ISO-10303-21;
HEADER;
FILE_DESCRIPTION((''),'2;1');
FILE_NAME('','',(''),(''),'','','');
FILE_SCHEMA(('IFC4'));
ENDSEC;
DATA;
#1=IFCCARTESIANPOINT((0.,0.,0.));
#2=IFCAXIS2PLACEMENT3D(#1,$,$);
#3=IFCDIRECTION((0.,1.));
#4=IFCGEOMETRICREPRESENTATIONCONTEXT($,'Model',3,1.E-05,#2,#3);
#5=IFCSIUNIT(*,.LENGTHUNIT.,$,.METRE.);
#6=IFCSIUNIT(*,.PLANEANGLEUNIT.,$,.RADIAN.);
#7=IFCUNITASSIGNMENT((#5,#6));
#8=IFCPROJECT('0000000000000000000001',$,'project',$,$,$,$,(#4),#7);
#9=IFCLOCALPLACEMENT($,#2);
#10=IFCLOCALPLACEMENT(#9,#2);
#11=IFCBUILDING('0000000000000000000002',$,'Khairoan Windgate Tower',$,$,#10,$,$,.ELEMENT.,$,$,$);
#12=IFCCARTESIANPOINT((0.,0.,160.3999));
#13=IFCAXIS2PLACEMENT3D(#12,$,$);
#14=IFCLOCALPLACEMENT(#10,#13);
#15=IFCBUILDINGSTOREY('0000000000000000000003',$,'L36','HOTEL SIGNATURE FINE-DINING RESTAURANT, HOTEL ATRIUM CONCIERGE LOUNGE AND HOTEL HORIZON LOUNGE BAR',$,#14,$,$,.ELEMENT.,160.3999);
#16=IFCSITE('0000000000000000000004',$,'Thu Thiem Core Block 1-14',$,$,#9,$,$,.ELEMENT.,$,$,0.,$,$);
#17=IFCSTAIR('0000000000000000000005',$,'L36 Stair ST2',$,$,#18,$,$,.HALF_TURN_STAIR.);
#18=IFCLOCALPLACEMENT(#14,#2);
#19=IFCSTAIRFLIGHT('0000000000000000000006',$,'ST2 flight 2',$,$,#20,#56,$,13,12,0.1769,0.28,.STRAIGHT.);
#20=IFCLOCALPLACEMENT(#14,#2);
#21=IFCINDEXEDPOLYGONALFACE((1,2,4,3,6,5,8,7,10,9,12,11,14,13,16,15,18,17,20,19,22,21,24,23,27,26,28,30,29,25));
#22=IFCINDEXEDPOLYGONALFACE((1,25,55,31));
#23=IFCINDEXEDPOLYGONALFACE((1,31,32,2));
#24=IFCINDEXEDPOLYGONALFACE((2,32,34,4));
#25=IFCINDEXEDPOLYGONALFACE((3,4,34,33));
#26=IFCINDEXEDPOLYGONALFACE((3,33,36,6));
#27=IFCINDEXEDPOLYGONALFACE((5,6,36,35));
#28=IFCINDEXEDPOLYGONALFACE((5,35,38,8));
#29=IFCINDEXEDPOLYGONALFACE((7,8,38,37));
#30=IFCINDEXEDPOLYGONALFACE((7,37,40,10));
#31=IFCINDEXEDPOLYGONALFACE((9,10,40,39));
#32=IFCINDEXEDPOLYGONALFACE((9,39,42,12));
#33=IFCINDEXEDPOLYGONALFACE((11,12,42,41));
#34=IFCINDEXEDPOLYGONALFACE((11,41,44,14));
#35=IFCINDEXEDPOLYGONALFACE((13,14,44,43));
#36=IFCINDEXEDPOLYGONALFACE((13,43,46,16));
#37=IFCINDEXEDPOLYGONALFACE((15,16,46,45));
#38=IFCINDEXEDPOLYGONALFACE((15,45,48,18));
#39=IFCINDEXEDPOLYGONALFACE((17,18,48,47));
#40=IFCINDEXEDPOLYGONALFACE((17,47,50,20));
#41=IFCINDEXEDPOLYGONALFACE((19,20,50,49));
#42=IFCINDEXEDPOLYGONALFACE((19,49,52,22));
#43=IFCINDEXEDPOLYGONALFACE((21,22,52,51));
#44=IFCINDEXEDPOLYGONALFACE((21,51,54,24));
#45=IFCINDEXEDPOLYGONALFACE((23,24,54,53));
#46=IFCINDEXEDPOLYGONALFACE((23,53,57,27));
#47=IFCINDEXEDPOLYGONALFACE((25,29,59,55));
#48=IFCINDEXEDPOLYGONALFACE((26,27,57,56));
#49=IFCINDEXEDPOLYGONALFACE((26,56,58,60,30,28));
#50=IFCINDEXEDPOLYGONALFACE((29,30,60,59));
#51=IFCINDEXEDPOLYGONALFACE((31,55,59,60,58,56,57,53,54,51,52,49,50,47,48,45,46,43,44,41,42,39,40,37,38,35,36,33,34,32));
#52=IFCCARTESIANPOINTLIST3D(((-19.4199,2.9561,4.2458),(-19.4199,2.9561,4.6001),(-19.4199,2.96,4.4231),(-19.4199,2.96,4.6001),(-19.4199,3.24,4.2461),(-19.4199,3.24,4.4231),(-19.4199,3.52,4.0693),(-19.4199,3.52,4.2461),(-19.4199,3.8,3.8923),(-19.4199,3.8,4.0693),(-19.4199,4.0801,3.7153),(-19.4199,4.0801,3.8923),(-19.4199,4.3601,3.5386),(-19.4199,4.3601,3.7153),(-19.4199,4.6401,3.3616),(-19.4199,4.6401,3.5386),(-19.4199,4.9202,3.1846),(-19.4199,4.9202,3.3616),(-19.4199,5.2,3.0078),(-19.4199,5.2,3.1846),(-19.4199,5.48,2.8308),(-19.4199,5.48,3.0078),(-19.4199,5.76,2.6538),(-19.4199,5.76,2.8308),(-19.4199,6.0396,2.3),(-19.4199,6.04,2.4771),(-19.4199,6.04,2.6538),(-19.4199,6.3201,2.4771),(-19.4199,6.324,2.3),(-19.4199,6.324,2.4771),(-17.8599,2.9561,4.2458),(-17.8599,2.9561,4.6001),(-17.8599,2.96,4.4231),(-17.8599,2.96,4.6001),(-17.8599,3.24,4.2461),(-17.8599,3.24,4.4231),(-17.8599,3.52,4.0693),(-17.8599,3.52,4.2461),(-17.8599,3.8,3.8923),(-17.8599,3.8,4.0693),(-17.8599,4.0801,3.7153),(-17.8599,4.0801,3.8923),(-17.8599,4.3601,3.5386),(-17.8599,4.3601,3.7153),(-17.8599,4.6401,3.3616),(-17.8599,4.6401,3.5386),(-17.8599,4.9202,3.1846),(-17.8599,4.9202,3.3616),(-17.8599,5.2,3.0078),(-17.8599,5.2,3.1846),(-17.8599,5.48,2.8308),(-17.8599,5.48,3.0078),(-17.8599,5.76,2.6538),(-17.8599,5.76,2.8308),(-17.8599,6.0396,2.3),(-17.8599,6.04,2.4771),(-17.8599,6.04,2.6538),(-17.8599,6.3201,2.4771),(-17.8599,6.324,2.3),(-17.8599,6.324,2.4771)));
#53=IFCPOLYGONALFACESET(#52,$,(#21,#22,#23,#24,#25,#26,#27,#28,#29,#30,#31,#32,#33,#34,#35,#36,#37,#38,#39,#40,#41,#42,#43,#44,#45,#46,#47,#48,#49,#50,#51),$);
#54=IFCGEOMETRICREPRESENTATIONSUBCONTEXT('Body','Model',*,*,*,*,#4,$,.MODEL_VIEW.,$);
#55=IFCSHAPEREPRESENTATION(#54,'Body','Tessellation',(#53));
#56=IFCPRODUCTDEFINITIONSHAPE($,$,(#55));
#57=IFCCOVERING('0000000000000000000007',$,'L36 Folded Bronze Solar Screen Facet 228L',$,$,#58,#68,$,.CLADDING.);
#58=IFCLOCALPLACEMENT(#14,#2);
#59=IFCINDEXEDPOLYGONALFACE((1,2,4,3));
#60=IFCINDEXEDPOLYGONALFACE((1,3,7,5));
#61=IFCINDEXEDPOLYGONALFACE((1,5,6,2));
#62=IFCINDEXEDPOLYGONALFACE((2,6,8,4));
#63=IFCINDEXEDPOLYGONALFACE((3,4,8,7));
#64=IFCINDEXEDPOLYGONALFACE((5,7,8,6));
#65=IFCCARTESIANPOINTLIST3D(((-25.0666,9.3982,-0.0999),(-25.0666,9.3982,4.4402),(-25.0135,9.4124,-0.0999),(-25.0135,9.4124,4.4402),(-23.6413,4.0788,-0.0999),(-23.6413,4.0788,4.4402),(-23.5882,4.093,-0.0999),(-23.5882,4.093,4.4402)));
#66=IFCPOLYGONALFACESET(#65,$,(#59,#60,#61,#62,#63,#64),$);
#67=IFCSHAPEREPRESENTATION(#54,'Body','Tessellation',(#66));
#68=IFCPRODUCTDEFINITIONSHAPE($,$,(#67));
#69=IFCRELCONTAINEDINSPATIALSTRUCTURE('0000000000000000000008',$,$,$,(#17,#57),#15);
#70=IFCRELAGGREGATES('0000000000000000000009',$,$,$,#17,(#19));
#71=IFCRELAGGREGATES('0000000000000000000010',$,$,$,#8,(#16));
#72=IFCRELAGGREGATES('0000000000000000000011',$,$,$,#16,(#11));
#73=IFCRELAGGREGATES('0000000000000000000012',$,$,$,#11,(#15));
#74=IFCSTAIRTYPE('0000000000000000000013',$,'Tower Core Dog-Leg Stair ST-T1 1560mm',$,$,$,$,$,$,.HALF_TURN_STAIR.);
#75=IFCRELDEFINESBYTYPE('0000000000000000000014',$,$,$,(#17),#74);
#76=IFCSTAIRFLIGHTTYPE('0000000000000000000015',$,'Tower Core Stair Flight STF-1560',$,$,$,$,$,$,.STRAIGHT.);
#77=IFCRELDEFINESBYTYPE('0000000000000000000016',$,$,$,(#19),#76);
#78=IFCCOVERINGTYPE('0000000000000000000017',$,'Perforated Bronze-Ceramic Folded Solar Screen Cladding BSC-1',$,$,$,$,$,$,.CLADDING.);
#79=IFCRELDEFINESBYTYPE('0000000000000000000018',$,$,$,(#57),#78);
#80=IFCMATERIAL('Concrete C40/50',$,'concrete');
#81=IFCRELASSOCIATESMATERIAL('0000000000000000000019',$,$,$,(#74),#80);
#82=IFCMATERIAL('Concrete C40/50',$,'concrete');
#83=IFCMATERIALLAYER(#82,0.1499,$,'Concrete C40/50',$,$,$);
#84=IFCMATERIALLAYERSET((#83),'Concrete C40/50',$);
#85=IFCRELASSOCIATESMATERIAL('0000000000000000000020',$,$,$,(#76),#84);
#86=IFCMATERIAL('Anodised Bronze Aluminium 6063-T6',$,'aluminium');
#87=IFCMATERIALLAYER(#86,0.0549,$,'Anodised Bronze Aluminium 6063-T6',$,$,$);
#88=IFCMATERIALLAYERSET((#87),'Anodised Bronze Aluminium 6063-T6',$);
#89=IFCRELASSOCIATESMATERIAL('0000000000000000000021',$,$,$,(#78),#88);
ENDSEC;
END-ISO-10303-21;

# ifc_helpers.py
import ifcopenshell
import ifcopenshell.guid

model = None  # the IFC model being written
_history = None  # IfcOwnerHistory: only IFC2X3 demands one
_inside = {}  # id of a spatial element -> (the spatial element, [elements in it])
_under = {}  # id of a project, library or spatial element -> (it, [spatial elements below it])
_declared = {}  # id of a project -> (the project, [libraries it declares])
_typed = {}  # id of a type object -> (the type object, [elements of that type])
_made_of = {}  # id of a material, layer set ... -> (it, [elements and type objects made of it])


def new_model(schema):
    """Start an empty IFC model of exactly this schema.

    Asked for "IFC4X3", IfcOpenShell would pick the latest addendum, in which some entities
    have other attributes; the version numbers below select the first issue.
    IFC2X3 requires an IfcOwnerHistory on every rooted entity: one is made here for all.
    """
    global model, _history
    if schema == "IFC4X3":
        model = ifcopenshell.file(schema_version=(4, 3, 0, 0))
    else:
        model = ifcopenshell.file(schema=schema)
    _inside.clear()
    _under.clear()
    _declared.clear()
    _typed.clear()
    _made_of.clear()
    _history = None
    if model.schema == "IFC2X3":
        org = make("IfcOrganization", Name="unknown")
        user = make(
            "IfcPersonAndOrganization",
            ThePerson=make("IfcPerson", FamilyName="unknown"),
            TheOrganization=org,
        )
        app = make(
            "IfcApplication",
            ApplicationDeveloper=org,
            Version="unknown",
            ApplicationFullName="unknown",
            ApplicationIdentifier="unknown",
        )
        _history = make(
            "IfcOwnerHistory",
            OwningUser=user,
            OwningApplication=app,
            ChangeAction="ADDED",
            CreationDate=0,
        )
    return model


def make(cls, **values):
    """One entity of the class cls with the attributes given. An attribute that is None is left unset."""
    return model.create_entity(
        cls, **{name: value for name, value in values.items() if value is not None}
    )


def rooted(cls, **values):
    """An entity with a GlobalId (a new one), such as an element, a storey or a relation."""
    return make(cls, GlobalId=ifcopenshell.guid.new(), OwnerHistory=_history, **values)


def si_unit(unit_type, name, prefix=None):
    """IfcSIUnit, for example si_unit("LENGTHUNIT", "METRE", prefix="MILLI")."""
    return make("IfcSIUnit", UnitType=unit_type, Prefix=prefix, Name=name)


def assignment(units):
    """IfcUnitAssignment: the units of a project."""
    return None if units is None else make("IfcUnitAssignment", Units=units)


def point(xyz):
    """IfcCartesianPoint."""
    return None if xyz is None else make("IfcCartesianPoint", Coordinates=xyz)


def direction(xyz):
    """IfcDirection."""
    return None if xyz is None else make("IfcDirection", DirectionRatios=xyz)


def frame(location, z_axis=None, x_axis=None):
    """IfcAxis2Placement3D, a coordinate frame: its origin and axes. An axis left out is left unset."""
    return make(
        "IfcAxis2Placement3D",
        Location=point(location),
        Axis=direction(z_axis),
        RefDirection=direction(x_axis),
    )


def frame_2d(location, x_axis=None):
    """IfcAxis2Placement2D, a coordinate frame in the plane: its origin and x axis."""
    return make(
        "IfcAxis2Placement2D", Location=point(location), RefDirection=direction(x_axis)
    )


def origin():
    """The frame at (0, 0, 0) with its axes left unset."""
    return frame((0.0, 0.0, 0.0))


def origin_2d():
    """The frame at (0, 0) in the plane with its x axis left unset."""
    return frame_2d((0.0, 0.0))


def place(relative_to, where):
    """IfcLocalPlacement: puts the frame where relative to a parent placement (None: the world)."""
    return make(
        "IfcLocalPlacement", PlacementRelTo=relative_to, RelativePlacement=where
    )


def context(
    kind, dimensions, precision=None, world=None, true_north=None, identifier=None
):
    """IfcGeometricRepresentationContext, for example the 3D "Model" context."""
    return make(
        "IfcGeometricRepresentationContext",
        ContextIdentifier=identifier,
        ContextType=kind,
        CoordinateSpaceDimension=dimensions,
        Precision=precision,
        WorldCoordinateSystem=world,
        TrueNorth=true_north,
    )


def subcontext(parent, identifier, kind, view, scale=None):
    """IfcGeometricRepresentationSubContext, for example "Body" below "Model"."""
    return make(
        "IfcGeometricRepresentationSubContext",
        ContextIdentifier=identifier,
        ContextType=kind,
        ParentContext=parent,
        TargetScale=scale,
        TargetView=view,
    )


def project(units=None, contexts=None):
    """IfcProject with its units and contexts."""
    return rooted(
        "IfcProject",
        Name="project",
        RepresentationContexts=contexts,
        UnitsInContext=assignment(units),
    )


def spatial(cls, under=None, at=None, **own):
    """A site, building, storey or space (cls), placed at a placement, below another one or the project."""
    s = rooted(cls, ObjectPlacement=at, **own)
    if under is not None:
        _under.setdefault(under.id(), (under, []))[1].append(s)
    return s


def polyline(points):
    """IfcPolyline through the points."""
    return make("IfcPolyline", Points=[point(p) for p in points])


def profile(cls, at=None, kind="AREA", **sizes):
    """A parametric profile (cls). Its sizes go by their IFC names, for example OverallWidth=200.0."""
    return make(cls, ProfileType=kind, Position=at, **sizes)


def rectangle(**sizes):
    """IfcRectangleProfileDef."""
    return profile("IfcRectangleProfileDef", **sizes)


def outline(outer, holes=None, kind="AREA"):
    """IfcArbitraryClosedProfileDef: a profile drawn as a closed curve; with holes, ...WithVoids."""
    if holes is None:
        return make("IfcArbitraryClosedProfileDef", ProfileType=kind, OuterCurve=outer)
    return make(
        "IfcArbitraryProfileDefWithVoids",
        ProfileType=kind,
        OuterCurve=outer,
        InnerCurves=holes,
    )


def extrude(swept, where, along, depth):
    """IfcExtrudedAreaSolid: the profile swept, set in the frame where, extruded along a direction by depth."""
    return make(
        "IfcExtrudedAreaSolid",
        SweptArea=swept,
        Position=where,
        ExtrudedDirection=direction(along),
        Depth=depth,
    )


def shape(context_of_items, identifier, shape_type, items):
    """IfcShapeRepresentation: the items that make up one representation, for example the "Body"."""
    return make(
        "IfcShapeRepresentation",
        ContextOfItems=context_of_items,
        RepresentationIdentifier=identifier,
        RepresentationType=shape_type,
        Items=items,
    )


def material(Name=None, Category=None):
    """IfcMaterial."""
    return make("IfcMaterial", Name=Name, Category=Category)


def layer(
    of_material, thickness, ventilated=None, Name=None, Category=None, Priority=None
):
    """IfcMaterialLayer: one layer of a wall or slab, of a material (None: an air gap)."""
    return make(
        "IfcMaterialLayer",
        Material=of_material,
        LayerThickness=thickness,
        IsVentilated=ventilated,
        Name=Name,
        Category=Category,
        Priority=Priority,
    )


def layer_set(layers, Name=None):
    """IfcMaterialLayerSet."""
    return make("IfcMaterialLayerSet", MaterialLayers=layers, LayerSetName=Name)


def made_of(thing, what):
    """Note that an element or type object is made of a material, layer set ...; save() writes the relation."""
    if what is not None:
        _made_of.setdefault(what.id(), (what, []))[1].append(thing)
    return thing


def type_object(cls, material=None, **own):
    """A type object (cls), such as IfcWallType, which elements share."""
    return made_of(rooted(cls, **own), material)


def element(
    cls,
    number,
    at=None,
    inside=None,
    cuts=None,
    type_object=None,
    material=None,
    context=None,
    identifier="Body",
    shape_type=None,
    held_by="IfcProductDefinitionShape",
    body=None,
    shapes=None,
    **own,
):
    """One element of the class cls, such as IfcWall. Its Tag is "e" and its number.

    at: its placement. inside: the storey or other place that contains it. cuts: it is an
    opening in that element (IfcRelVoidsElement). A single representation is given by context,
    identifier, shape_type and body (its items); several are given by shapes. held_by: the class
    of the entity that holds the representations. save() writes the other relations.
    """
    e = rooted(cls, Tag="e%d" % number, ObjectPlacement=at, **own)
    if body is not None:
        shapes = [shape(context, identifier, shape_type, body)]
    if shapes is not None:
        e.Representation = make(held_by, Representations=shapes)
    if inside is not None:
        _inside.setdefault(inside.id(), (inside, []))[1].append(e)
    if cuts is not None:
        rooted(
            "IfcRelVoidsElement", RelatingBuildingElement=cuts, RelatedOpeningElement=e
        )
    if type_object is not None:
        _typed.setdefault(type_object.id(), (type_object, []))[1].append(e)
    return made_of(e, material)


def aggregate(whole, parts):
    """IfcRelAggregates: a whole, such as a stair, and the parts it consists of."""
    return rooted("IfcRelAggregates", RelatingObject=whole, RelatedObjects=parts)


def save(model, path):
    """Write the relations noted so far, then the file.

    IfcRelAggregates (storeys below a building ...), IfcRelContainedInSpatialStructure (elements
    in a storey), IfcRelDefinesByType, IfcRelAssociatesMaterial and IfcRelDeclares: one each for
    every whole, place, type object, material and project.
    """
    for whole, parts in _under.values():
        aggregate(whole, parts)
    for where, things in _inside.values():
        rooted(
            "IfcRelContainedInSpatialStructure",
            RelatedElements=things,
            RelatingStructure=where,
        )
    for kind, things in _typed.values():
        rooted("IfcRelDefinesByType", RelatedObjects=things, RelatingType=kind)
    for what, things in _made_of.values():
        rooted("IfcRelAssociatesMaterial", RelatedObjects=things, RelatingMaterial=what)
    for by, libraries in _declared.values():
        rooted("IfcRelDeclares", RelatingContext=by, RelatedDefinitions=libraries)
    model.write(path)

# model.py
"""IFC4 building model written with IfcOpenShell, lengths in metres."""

from ifc_helpers import new_model, si_unit, direction, frame, origin, origin_2d, place, context, subcontext, project, spatial, polyline, rectangle, outline, extrude, material, layer, layer_set, type_object, element, aggregate, save


model = new_model("IFC4")

# Units and contexts
model_context = context("Model", 3, precision=1e-05, world=origin(), true_north=direction((0.0, 1.0)))
body_context = subcontext(model_context, "Body", "Model", "MODEL_VIEW")
ifc_project = project(units=[si_unit("LENGTHUNIT", "METRE"), si_unit("PLANEANGLEUNIT", "RADIAN")], contexts=[model_context])

# Site, building, storey
site_placement = place(None, origin())
site = spatial("IfcSite", under=ifc_project, at=site_placement, Name="Thu Thiem Core Block 1-14", CompositionType="ELEMENT", RefElevation=0.0)
building_placement = place(site_placement, origin())
building = spatial("IfcBuilding", under=site, at=building_placement, Name="Khairoan Windgate Tower", CompositionType="ELEMENT")
storey_placement = place(building_placement, frame((0.0, 0.0, 160.3999)))
storey = spatial("IfcBuildingStorey", under=building, at=storey_placement, Name="L36", Description="HOTEL SIGNATURE FINE-DINING RESTAURANT, HOTEL ATRIUM CONCIERGE LOUNGE AND HOTEL HORIZON LOUNGE BAR", CompositionType="ELEMENT", Elevation=160.3999)

# Stair, stair flight
ifc_material_1 = material(Name="Concrete C40/50", Category="concrete")
stair_type = type_object("IfcStairType", Name="Tower Core Dog-Leg Stair ST-T1 1560mm", PredefinedType="HALF_TURN_STAIR", material=ifc_material_1)
stair_placement = place(storey_placement, origin())
stair = element("IfcStair", 1, at=stair_placement, inside=storey, type_object=stair_type, Name="L36 Stair ST2", PredefinedType="HALF_TURN_STAIR")
ifc_material_2 = material(Name="Concrete C40/50", Category="concrete")
ifc_layer_1 = layer(ifc_material_2, 0.1499, Name="Concrete C40/50")
ifc_layer_set_1 = layer_set([ifc_layer_1], Name="Concrete C40/50")
stair_flight_type = type_object("IfcStairFlightType", Name="Tower Core Stair Flight STF-1560", PredefinedType="STRAIGHT", material=ifc_layer_set_1)
stair_flight_1_placement = place(storey_placement, frame((-18.6399, 6.3201, 2.3), z_axis=(0.0, 0.0, 1.0), x_axis=(0.0, -1.0, 0.0)))
stair_flight_1 = element("IfcStairFlight", 2, at=stair_flight_1_placement, type_object=stair_flight_type, Name="ST2 flight 2", NumberOfRisers=13, NumberOfTreads=12, PredefinedType="STRAIGHT", RiserHeight=0.1769, TreadLength=0.28, context=body_context, shape_type="SweptSolid", body=[
    extrude(outline(polyline([(-0.0039, 0.0), (-0.0039, 0.177), (0.0, 0.177), (0.28, 0.177), (0.28, 0.3538), (0.5601, 0.3538), (0.5601, 0.5308), (0.8401, 0.5308), (0.8401, 0.7078), (1.1201, 0.7078), (1.1201, 0.8845), (1.3999, 0.8845), (1.3999, 1.0615), (1.6799, 1.0615), (1.6799, 1.2385), (1.96, 1.2385), (1.96, 1.4153), (2.24, 1.4153), (2.24, 1.5923), (2.52, 1.5923), (2.52, 1.7693), (2.8, 1.7693), (2.8, 1.946), (3.0801, 1.946), (3.0801, 2.123), (3.3601, 2.123), (3.3601, 2.3), (3.364, 2.3), (3.364, 1.9458), (0.2805, 0.0), (-0.0039, 0.0)])), frame((0.0, 0.78, 0.0), z_axis=(0.0, -1.0, 0.0), x_axis=(1.0, 0.0, 0.0)), (0.0, 0.0, 1.0), 1.5601),
])
aggregate(stair, [stair_flight_1])

# Covering
ifc_material_3 = material(Name="Anodised Bronze Aluminium 6063-T6", Category="aluminium")
ifc_layer_2 = layer(ifc_material_3, 0.0549, Name="Anodised Bronze Aluminium 6063-T6")
ifc_layer_set_2 = layer_set([ifc_layer_2], Name="Anodised Bronze Aluminium 6063-T6")
covering_type = type_object("IfcCoveringType", Name="Perforated Bronze-Ceramic Folded Solar Screen Cladding BSC-1", PredefinedType="CLADDING", material=ifc_layer_set_2)
covering_placement = place(storey_placement, frame((-24.3274, 6.7456, -0.0999), z_axis=(0.0, 0.0, 1.0), x_axis=(-0.258819, 0.965926, 0.0)))
element("IfcCovering", 3, at=covering_placement, inside=storey, type_object=covering_type, Name="L36 Folded Bronze Solar Screen Facet 228L", PredefinedType="CLADDING", context=body_context, shape_type="SweptSolid", body=[
    extrude(rectangle(XDim=5.5071, YDim=0.0549, at=origin_2d()), origin(), (0.0, 0.0, 1.0), 4.54),
])

save(model, "model.ifc")
